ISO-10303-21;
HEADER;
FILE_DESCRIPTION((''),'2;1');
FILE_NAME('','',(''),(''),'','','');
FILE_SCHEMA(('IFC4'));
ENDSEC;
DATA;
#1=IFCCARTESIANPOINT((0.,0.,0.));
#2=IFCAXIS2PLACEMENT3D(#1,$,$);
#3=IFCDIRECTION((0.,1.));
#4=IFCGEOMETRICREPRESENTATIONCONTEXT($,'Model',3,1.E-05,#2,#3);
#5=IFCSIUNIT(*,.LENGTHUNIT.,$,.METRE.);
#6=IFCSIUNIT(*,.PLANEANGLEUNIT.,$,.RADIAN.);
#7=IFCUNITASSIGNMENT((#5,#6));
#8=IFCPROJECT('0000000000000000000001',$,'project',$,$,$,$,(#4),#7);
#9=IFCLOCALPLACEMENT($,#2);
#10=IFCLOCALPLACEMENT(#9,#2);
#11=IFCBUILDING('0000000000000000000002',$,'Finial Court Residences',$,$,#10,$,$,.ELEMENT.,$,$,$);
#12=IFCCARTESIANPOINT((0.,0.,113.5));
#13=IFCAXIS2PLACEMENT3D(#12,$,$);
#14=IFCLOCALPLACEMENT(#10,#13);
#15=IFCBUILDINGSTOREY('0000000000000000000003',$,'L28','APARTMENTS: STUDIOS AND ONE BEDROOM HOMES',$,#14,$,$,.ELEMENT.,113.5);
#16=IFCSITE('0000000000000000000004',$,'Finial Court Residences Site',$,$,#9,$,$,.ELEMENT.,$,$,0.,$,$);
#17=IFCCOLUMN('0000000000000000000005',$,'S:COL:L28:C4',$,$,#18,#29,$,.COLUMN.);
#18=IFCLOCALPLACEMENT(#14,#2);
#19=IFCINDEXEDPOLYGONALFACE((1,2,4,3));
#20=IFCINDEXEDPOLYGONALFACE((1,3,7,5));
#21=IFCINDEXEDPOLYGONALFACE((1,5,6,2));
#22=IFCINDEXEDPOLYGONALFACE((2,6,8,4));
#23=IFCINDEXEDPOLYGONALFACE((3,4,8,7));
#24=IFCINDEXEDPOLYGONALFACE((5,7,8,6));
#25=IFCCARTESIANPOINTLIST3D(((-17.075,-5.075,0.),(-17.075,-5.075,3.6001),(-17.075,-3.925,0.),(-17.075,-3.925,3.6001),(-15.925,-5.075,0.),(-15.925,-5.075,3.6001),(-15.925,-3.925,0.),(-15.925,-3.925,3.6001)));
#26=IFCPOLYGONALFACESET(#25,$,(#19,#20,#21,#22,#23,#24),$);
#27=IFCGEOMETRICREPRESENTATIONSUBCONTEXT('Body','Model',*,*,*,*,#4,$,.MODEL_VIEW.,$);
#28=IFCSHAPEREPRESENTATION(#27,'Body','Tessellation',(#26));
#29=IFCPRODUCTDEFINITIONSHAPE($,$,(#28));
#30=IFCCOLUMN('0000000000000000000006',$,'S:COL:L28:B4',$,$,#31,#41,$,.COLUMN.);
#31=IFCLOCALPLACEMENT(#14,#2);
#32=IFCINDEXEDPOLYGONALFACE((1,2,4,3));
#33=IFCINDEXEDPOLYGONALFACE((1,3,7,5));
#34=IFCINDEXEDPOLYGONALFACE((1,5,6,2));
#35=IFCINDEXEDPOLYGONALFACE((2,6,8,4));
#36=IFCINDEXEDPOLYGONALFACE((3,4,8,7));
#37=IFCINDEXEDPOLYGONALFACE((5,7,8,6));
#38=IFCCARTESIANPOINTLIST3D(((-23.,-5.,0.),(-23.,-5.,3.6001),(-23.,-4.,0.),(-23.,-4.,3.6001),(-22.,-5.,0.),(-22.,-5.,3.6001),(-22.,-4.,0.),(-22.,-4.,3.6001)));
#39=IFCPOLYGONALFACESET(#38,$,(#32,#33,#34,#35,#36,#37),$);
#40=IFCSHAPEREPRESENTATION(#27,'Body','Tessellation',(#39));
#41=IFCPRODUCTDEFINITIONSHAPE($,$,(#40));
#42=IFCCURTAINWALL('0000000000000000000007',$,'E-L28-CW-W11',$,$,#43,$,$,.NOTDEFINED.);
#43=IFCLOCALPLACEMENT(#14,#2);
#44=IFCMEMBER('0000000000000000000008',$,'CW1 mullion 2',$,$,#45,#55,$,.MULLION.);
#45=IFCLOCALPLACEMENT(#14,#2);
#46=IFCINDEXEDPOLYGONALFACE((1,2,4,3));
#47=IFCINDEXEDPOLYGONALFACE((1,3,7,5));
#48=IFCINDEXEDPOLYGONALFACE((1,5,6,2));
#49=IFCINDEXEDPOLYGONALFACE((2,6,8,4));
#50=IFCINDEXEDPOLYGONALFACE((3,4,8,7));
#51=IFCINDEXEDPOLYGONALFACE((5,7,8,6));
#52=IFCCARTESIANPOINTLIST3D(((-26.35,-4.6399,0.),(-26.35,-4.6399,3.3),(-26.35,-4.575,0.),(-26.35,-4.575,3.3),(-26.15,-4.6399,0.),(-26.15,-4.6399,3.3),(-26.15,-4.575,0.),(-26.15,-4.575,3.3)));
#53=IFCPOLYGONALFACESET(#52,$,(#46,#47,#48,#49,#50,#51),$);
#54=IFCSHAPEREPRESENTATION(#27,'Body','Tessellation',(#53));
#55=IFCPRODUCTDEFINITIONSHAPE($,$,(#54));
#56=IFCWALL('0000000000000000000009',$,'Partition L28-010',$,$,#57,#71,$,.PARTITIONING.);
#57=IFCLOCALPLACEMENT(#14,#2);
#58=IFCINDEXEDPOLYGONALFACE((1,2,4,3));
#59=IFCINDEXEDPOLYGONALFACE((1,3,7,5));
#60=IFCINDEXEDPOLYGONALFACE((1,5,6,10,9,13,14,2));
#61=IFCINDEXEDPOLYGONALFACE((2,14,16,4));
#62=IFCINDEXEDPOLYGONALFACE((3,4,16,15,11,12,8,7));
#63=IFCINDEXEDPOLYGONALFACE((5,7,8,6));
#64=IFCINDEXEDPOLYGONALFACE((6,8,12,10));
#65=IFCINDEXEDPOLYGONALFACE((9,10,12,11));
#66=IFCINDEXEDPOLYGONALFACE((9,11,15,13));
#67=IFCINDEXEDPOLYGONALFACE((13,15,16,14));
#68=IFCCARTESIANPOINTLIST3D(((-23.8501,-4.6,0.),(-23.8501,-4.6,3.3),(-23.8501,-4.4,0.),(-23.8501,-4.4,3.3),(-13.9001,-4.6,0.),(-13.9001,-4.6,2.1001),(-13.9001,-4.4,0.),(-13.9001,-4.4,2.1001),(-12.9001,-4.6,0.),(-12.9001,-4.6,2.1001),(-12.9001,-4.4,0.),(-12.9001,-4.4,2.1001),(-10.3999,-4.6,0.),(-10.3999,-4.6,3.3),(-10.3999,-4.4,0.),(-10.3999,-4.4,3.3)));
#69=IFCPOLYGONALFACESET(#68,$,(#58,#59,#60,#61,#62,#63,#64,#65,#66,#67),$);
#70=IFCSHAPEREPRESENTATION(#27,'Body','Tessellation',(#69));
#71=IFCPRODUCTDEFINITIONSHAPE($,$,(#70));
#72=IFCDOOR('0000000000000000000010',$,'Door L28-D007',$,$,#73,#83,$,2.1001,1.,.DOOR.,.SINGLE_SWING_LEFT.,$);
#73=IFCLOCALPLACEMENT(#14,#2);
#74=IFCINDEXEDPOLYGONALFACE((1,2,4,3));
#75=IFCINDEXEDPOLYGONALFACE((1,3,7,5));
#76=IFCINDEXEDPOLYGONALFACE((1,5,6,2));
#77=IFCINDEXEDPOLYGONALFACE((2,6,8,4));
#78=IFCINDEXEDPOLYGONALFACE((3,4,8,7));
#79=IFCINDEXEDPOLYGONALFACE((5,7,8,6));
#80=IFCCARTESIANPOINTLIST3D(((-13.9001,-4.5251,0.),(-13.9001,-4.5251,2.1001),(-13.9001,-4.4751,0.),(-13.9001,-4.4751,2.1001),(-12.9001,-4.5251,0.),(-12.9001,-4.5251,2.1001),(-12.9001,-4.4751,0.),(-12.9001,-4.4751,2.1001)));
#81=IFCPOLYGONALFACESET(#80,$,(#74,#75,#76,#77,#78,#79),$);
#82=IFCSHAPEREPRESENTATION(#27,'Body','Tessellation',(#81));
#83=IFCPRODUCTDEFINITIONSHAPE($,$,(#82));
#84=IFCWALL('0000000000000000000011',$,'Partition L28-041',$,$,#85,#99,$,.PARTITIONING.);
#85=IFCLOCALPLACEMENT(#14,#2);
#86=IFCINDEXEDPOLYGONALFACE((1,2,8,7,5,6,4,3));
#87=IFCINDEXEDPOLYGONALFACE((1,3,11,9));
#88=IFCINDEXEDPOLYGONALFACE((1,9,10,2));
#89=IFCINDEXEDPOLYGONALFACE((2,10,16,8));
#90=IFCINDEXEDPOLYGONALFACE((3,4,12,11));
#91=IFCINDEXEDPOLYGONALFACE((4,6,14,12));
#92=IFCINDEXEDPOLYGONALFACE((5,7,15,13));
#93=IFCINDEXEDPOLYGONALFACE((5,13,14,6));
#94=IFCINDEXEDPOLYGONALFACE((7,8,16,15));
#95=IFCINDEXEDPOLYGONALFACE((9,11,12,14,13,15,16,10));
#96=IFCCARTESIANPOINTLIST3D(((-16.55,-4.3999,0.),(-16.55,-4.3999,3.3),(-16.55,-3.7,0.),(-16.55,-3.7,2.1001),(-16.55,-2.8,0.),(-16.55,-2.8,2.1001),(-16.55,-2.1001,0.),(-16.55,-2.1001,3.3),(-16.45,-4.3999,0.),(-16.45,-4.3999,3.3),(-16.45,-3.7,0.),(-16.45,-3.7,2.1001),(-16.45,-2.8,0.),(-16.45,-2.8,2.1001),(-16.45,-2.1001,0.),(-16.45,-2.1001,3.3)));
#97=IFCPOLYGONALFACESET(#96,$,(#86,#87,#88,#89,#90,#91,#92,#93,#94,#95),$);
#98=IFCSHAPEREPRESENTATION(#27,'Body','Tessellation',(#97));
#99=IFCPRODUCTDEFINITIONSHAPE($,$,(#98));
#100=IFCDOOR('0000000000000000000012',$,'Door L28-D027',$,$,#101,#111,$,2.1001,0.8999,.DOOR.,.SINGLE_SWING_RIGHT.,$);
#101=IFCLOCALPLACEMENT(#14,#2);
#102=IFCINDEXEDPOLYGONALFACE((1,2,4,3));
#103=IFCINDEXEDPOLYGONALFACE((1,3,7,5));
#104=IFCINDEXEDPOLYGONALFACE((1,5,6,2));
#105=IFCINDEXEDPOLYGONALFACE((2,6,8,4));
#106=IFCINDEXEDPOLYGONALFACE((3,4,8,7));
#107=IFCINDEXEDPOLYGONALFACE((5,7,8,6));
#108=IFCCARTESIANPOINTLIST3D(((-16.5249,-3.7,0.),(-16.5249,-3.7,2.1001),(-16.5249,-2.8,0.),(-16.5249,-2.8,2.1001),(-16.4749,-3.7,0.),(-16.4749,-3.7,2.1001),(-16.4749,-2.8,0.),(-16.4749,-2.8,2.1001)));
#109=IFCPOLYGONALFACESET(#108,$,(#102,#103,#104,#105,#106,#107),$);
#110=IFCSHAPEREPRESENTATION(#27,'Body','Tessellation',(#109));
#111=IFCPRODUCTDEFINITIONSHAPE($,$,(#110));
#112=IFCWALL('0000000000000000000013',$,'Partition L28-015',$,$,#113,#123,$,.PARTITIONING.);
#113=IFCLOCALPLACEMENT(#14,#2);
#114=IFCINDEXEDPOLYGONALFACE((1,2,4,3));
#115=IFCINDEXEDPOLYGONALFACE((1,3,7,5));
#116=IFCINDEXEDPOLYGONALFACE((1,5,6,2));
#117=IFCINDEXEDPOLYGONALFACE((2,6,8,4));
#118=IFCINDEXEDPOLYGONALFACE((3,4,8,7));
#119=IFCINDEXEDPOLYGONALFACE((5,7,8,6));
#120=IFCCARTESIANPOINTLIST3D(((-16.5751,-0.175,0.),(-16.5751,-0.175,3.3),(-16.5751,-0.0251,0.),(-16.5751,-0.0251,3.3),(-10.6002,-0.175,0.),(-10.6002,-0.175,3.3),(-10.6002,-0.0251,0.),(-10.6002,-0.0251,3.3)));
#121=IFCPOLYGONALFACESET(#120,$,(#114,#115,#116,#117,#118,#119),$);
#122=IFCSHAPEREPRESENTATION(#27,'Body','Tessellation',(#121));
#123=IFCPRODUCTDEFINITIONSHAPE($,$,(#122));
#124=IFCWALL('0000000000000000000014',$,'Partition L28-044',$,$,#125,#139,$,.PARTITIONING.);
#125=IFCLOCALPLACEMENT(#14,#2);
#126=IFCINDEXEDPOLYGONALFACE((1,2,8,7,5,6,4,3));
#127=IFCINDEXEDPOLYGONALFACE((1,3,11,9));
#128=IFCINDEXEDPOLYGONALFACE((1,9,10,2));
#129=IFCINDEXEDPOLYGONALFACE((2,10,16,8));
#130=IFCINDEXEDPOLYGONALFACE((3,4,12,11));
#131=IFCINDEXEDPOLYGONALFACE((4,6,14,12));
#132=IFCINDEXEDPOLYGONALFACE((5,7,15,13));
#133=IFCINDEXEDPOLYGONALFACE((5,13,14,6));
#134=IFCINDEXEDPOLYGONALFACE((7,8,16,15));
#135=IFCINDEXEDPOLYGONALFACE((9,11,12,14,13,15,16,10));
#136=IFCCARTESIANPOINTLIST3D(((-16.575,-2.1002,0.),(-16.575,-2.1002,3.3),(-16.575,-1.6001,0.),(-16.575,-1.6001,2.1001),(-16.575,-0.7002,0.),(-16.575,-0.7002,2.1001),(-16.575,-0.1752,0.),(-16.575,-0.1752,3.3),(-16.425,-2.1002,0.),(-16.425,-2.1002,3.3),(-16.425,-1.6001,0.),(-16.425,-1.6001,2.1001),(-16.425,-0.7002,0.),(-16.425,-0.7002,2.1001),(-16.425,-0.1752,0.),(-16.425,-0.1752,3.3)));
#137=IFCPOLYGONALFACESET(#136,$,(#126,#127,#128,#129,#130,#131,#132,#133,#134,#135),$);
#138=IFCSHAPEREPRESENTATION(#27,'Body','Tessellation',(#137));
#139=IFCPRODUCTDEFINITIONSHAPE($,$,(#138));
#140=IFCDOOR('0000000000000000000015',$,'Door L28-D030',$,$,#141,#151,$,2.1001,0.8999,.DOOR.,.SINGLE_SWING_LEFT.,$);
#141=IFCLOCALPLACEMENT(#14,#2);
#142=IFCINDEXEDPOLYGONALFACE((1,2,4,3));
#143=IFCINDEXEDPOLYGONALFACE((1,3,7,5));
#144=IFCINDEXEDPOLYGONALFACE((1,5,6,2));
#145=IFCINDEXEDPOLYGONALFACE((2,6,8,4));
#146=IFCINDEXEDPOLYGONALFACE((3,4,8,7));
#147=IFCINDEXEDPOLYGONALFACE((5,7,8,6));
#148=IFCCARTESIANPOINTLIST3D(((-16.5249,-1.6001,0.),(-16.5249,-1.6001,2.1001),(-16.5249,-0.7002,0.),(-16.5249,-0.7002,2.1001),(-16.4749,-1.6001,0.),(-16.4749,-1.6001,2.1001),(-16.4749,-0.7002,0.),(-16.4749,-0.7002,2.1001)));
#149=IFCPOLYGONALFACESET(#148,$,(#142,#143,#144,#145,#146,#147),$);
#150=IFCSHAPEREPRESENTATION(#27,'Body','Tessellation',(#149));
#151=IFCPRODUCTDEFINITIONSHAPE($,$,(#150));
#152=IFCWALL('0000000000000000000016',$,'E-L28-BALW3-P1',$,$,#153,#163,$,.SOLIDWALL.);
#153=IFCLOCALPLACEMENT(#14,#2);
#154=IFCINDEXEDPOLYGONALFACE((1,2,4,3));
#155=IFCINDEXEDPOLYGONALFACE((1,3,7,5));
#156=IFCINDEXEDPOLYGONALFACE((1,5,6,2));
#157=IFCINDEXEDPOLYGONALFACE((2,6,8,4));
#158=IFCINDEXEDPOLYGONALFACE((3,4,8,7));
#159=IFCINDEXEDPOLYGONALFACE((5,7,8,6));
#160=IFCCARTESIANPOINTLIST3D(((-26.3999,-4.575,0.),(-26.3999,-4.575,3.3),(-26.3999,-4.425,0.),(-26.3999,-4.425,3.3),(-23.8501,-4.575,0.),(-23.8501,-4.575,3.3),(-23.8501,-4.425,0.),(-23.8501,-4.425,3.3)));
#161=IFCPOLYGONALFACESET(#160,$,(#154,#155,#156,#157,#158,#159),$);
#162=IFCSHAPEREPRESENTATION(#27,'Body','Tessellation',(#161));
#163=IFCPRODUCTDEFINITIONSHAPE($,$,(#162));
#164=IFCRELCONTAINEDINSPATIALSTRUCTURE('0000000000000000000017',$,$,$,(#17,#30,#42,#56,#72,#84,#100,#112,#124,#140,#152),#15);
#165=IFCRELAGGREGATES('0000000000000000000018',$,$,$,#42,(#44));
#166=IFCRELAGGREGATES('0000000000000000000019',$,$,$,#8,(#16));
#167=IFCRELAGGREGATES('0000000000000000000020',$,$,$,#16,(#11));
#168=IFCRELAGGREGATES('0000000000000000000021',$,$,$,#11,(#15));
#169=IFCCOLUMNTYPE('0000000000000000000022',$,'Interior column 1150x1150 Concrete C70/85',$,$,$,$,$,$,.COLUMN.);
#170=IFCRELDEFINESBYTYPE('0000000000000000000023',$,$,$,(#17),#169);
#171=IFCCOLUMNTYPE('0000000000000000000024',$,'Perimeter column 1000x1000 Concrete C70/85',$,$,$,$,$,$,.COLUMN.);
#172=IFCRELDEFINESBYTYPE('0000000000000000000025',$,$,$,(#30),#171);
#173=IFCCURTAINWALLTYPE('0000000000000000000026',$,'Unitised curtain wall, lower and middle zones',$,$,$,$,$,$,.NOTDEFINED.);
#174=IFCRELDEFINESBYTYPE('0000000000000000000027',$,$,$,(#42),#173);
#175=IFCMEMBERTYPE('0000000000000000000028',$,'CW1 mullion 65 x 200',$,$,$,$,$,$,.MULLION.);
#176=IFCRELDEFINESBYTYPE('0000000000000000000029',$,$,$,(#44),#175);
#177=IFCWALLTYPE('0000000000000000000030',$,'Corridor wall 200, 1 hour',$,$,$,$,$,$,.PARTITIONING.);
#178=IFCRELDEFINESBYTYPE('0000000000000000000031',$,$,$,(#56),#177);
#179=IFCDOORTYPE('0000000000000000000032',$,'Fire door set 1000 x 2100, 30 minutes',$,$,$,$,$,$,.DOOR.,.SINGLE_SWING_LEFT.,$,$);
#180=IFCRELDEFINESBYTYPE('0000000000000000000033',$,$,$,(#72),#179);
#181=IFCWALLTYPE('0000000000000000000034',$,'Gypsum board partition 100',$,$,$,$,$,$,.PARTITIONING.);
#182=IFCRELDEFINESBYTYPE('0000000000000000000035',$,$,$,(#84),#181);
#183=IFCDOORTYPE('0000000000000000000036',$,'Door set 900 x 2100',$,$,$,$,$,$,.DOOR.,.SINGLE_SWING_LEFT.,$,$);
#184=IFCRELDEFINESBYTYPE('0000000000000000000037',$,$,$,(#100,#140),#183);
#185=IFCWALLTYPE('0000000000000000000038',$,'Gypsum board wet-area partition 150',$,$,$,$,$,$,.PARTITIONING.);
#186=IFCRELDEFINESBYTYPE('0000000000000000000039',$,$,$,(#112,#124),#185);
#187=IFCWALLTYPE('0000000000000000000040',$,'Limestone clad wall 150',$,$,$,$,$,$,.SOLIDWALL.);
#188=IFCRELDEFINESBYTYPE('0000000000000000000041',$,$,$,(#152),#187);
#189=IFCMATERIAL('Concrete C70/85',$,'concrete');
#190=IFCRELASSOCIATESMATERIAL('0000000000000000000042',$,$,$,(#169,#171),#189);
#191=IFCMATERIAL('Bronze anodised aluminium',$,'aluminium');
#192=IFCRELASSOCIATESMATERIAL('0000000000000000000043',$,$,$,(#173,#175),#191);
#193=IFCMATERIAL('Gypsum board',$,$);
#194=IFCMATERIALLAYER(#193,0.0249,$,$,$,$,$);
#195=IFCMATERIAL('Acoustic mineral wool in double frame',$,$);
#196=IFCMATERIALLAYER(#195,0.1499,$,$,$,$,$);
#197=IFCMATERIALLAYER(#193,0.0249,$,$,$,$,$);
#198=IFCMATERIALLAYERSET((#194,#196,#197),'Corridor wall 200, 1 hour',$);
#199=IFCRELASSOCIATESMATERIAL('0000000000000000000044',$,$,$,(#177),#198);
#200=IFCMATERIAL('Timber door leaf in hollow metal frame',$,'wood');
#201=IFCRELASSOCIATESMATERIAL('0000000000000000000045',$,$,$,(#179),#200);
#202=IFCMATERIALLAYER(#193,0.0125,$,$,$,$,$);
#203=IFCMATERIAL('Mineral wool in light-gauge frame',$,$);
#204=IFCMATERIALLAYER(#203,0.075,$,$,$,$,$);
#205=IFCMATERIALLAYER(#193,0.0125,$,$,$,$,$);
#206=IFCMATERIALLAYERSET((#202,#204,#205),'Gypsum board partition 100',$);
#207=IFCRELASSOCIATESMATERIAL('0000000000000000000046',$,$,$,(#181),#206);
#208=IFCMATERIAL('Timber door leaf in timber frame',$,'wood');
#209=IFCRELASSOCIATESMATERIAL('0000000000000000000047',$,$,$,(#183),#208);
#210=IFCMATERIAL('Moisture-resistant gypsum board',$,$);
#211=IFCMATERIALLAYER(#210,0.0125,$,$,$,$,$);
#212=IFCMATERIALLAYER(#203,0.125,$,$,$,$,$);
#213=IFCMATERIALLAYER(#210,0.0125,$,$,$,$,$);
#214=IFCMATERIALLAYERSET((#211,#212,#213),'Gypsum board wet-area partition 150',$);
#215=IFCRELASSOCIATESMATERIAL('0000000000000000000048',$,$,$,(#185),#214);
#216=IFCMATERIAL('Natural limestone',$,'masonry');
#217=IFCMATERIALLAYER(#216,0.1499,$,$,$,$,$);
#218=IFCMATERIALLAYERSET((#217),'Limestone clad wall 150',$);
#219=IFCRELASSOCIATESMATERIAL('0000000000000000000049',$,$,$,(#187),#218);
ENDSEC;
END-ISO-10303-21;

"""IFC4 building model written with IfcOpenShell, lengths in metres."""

from ifc_helpers import new_model, si_unit, direction, frame, frame_2d, origin, origin_2d, place, context, subcontext, project, spatial, rectangle, extrude, material, layer, layer_set, material_profile, profile_set, type_object, element, fill, aggregate, save


model = new_model("IFC4")

# Units and contexts
model_context = context("Model", 3, precision=1e-05, world=origin(), true_north=direction((0.0, 1.0)))
body_context = subcontext(model_context, "Body", "Model", "MODEL_VIEW")
ifc_project = project(units=[si_unit("LENGTHUNIT", "METRE"), si_unit("PLANEANGLEUNIT", "RADIAN")], contexts=[model_context])

# Site, building, storey
site_placement = place(None, origin())
site = spatial("IfcSite", under=ifc_project, at=site_placement, Name="Finial Court Residences Site", CompositionType="ELEMENT", RefElevation=0.0)
building_placement = place(site_placement, origin())
building = spatial("IfcBuilding", under=site, at=building_placement, Name="Finial Court Residences", CompositionType="ELEMENT")
storey_placement = place(building_placement, frame((0.0, 0.0, 113.5)))
storey = spatial("IfcBuildingStorey", under=building, at=storey_placement, Name="L28", Description="APARTMENTS: STUDIOS AND ONE BEDROOM HOMES", CompositionType="ELEMENT", Elevation=113.5)

# Columns
ifc_material_1 = material(Name="Concrete C70/85", Category="concrete")
ifc_material_profile_1 = material_profile(ifc_material_1, rectangle(XDim=1.1499, YDim=1.1499, at=origin_2d()), Name="1150x1150")
ifc_profile_set_1 = profile_set([ifc_material_profile_1], Name="Concrete C70/85")
column_type_1 = type_object("IfcColumnType", Name="Interior column 1150x1150 Concrete C70/85", PredefinedType="COLUMN", material=ifc_profile_set_1)
column_1_placement = place(storey_placement, frame((-16.5, -4.5, 0.0), z_axis=(0.0, 0.0, 1.0), x_axis=(1.0, 0.0, 0.0)))
element("IfcColumn", 1, at=column_1_placement, inside=storey, type_object=column_type_1, Name="S:COL:L28:C4", PredefinedType="COLUMN", context=body_context, shape_type="SweptSolid", body=[
    extrude(rectangle(XDim=1.1499, YDim=1.1499, at=origin_2d()), origin(), (0.0, 0.0, 1.0), 3.6001),
])
ifc_material_profile_2 = material_profile(ifc_material_1, rectangle(XDim=1.0, YDim=1.0, at=origin_2d()), Name="1000x1000")
ifc_profile_set_2 = profile_set([ifc_material_profile_2], Name="Concrete C70/85")
column_type_2 = type_object("IfcColumnType", Name="Perimeter column 1000x1000 Concrete C70/85", PredefinedType="COLUMN", material=ifc_profile_set_2)
column_2_placement = place(storey_placement, frame((-22.5, -4.5, 0.0), z_axis=(0.0, 0.0, 1.0), x_axis=(1.0, 0.0, 0.0)))
element("IfcColumn", 2, at=column_2_placement, inside=storey, type_object=column_type_2, Name="S:COL:L28:B4", PredefinedType="COLUMN", context=body_context, shape_type="SweptSolid", body=[
    extrude(rectangle(XDim=1.0, YDim=1.0, at=origin_2d()), origin(), (0.0, 0.0, 1.0), 3.6001),
])

# Curtain wall, member
ifc_material_2 = material(Name="Bronze anodised aluminium", Category="aluminium")
curtain_wall_type = type_object("IfcCurtainWallType", Name="Unitised curtain wall, lower and middle zones", PredefinedType="NOTDEFINED", material=ifc_material_2)
curtain_wall_placement = place(storey_placement, origin())
curtain_wall = element("IfcCurtainWall", 3, at=curtain_wall_placement, inside=storey, type_object=curtain_wall_type, Name="E-L28-CW-W11", PredefinedType="NOTDEFINED")
ifc_material_profile_3 = material_profile(ifc_material_2, rectangle(XDim=0.2, YDim=0.0649, at=origin_2d()), Name="CW1 mullion 65 x 200")
ifc_profile_set_3 = profile_set([ifc_material_profile_3], Name="Bronze anodised aluminium")
member_type = type_object("IfcMemberType", Name="CW1 mullion 65 x 200", PredefinedType="MULLION", material=ifc_profile_set_3)
member_placement = place(storey_placement, frame((-26.25, -4.6074, 0.0), z_axis=(0.0, 0.0, 1.0), x_axis=(-1.0, 0.0, 0.0)))
member = element("IfcMember", 4, at=member_placement, type_object=member_type, Name="CW1 mullion 2", PredefinedType="MULLION", context=body_context, shape_type="SweptSolid", body=[
    extrude(rectangle(XDim=0.2, YDim=0.0649, at=origin_2d()), origin(), (0.0, 0.0, 1.0), 3.3),
])
aggregate(curtain_wall, [member])

# Walls, openings, doors
ifc_material_3 = material(Name="Gypsum board")
ifc_layer_1 = layer(ifc_material_3, 0.0249)
ifc_material_4 = material(Name="Acoustic mineral wool in double frame")
ifc_layer_2 = layer(ifc_material_4, 0.1499)
ifc_layer_3 = layer(ifc_material_3, 0.0249)
ifc_layer_set_1 = layer_set([ifc_layer_1, ifc_layer_2, ifc_layer_3], Name="Corridor wall 200, 1 hour")
wall_type_1 = type_object("IfcWallType", Name="Corridor wall 200, 1 hour", PredefinedType="PARTITIONING", material=ifc_layer_set_1)
wall_1_placement = place(storey_placement, frame((-23.8501, -4.5, 0.0), z_axis=(0.0, 0.0, 1.0), x_axis=(1.0, 0.0, 0.0)))
wall_1 = element("IfcWall", 5, at=wall_1_placement, inside=storey, type_object=wall_type_1, Name="Partition L28-010", PredefinedType="PARTITIONING", context=body_context, shape_type="SweptSolid", body=[
    extrude(rectangle(XDim=13.4502, YDim=0.2, at=frame_2d((6.7251, 0.0))), origin(), (0.0, 0.0, 1.0), 3.3),
])
opening_1_placement = place(wall_1_placement, frame((9.95, 0.0, 0.0)))
opening_1 = element("IfcOpeningElement", 6, at=opening_1_placement, cuts=wall_1, PredefinedType="OPENING", context=body_context, shape_type="SweptSolid", body=[
    extrude(rectangle(XDim=1.0, YDim=2.1001, at=frame_2d((0.5, 1.05))), frame((0.0, 0.1099, 0.0), z_axis=(0.0, -1.0, 0.0), x_axis=(1.0, 0.0, 0.0)), (0.0, 0.0, 1.0), 0.22),
])
ifc_material_5 = material(Name="Timber door leaf in hollow metal frame", Category="wood")
door_type_1 = type_object("IfcDoorType", Name="Fire door set 1000 x 2100, 30 minutes", OperationType="SINGLE_SWING_LEFT", PredefinedType="DOOR", material=ifc_material_5)
door_1_placement = place(opening_1_placement, origin())
door_1 = element("IfcDoor", 7, at=door_1_placement, inside=storey, type_object=door_type_1, Name="Door L28-D007", OperationType="SINGLE_SWING_LEFT", OverallHeight=2.1001, OverallWidth=1.0, PredefinedType="DOOR", context=body_context, shape_type="SweptSolid", body=[
    extrude(rectangle(XDim=1.0, YDim=2.1001, at=frame_2d((0.5, 1.05))), frame((0.0, 0.0249, 0.0), z_axis=(0.0, -1.0, 0.0), x_axis=(1.0, 0.0, 0.0)), (0.0, 0.0, 1.0), 0.05),
])
fill(opening_1, door_1)
ifc_layer_4 = layer(ifc_material_3, 0.0125)
ifc_material_6 = material(Name="Mineral wool in light-gauge frame")
ifc_layer_5 = layer(ifc_material_6, 0.075)
ifc_layer_6 = layer(ifc_material_3, 0.0125)
ifc_layer_set_2 = layer_set([ifc_layer_4, ifc_layer_5, ifc_layer_6], Name="Gypsum board partition 100")
wall_type_2 = type_object("IfcWallType", Name="Gypsum board partition 100", PredefinedType="PARTITIONING", material=ifc_layer_set_2)
wall_2_placement = place(storey_placement, frame((-16.5, -4.3999, 0.0), z_axis=(0.0, 0.0, 1.0), x_axis=(0.0, 1.0, 0.0)))
wall_2 = element("IfcWall", 8, at=wall_2_placement, inside=storey, type_object=wall_type_2, Name="Partition L28-041", PredefinedType="PARTITIONING", context=body_context, shape_type="SweptSolid", body=[
    extrude(rectangle(XDim=2.2998, YDim=0.1001, at=frame_2d((1.1499, 0.0))), origin(), (0.0, 0.0, 1.0), 3.3),
])
opening_2_placement = place(wall_2_placement, frame((0.7, 0.0, 0.0)))
opening_2 = element("IfcOpeningElement", 9, at=opening_2_placement, cuts=wall_2, PredefinedType="OPENING", context=body_context, shape_type="SweptSolid", body=[
    extrude(rectangle(XDim=0.8999, YDim=2.1001, at=frame_2d((0.45, 1.05))), frame((0.0, 0.0601, 0.0), z_axis=(0.0, -1.0, 0.0), x_axis=(1.0, 0.0, 0.0)), (0.0, 0.0, 1.0), 0.1201),
])
ifc_material_7 = material(Name="Timber door leaf in timber frame", Category="wood")
door_type_2 = type_object("IfcDoorType", Name="Door set 900 x 2100", OperationType="SINGLE_SWING_LEFT", PredefinedType="DOOR", material=ifc_material_7)
door_2_placement = place(opening_2_placement, origin())
door_2 = element("IfcDoor", 10, at=door_2_placement, inside=storey, type_object=door_type_2, Name="Door L28-D027", OperationType="SINGLE_SWING_RIGHT", OverallHeight=2.1001, OverallWidth=0.8999, PredefinedType="DOOR", context=body_context, shape_type="SweptSolid", body=[
    extrude(rectangle(XDim=0.8999, YDim=2.1001, at=frame_2d((0.45, 1.05))), frame((0.0, 0.0249, 0.0), z_axis=(0.0, -1.0, 0.0), x_axis=(1.0, 0.0, 0.0)), (0.0, 0.0, 1.0), 0.05),
])
fill(opening_2, door_2)

# Wall
ifc_material_8 = material(Name="Moisture-resistant gypsum board")
ifc_layer_7 = layer(ifc_material_8, 0.0125)
ifc_layer_8 = layer(ifc_material_6, 0.125)
ifc_layer_9 = layer(ifc_material_8, 0.0125)
ifc_layer_set_3 = layer_set([ifc_layer_7, ifc_layer_8, ifc_layer_9], Name="Gypsum board wet-area partition 150")
wall_type_3 = type_object("IfcWallType", Name="Gypsum board wet-area partition 150", PredefinedType="PARTITIONING", material=ifc_layer_set_3)
wall_3_placement = place(storey_placement, frame((-16.575, -0.1001, 0.0), z_axis=(0.0, 0.0, 1.0), x_axis=(1.0, 0.0, 0.0)))
element("IfcWall", 11, at=wall_3_placement, inside=storey, type_object=wall_type_3, Name="Partition L28-015", PredefinedType="PARTITIONING", context=body_context, shape_type="SweptSolid", body=[
    extrude(rectangle(XDim=5.9749, YDim=0.1499, at=frame_2d((2.9873, 0.0))), origin(), (0.0, 0.0, 1.0), 3.3),
])

# Wall, opening, door
wall_4_placement = place(storey_placement, frame((-16.5, -2.1001, 0.0), z_axis=(0.0, 0.0, 1.0), x_axis=(0.0, 1.0, 0.0)))
wall_4 = element("IfcWall", 12, at=wall_4_placement, inside=storey, type_object=wall_type_3, Name="Partition L28-044", PredefinedType="PARTITIONING", context=body_context, shape_type="SweptSolid", body=[
    extrude(rectangle(XDim=1.925, YDim=0.1499, at=frame_2d((0.9624, 0.0))), origin(), (0.0, 0.0, 1.0), 3.3),
])
opening_3_placement = place(wall_4_placement, frame((0.5, 0.0, 0.0)))
opening_3 = element("IfcOpeningElement", 13, at=opening_3_placement, cuts=wall_4, PredefinedType="OPENING", context=body_context, shape_type="SweptSolid", body=[
    extrude(rectangle(XDim=0.8999, YDim=2.1001, at=frame_2d((0.45, 1.05))), frame((0.0, 0.085, 0.0), z_axis=(0.0, -1.0, 0.0), x_axis=(1.0, 0.0, 0.0)), (0.0, 0.0, 1.0), 0.1699),
])
door_3_placement = place(opening_3_placement, origin())
door_3 = element("IfcDoor", 14, at=door_3_placement, inside=storey, type_object=door_type_2, Name="Door L28-D030", OperationType="SINGLE_SWING_LEFT", OverallHeight=2.1001, OverallWidth=0.8999, PredefinedType="DOOR", context=body_context, shape_type="SweptSolid", body=[
    extrude(rectangle(XDim=0.8999, YDim=2.1001, at=frame_2d((0.45, 1.05))), frame((0.0, 0.0249, 0.0), z_axis=(0.0, -1.0, 0.0), x_axis=(1.0, 0.0, 0.0)), (0.0, 0.0, 1.0), 0.05),
])
fill(opening_3, door_3)

# Wall
ifc_material_9 = material(Name="Natural limestone", Category="masonry")
ifc_layer_10 = layer(ifc_material_9, 0.1499)
ifc_layer_set_4 = layer_set([ifc_layer_10], Name="Limestone clad wall 150")
wall_type_4 = type_object("IfcWallType", Name="Limestone clad wall 150", PredefinedType="SOLIDWALL", material=ifc_layer_set_4)
wall_5_placement = place(storey_placement, frame((-23.8501, -4.5, 0.0), z_axis=(0.0, 0.0, 1.0), x_axis=(-1.0, 0.0, 0.0)))
element("IfcWall", 15, at=wall_5_placement, inside=storey, type_object=wall_type_4, Name="E-L28-BALW3-P1", PredefinedType="SOLIDWALL", context=body_context, shape_type="SweptSolid", body=[
    extrude(rectangle(XDim=2.5498, YDim=0.1499, at=frame_2d((1.2749, 0.0))), origin(), (0.0, 0.0, 1.0), 3.3),
])

save(model, "model.ifc")
